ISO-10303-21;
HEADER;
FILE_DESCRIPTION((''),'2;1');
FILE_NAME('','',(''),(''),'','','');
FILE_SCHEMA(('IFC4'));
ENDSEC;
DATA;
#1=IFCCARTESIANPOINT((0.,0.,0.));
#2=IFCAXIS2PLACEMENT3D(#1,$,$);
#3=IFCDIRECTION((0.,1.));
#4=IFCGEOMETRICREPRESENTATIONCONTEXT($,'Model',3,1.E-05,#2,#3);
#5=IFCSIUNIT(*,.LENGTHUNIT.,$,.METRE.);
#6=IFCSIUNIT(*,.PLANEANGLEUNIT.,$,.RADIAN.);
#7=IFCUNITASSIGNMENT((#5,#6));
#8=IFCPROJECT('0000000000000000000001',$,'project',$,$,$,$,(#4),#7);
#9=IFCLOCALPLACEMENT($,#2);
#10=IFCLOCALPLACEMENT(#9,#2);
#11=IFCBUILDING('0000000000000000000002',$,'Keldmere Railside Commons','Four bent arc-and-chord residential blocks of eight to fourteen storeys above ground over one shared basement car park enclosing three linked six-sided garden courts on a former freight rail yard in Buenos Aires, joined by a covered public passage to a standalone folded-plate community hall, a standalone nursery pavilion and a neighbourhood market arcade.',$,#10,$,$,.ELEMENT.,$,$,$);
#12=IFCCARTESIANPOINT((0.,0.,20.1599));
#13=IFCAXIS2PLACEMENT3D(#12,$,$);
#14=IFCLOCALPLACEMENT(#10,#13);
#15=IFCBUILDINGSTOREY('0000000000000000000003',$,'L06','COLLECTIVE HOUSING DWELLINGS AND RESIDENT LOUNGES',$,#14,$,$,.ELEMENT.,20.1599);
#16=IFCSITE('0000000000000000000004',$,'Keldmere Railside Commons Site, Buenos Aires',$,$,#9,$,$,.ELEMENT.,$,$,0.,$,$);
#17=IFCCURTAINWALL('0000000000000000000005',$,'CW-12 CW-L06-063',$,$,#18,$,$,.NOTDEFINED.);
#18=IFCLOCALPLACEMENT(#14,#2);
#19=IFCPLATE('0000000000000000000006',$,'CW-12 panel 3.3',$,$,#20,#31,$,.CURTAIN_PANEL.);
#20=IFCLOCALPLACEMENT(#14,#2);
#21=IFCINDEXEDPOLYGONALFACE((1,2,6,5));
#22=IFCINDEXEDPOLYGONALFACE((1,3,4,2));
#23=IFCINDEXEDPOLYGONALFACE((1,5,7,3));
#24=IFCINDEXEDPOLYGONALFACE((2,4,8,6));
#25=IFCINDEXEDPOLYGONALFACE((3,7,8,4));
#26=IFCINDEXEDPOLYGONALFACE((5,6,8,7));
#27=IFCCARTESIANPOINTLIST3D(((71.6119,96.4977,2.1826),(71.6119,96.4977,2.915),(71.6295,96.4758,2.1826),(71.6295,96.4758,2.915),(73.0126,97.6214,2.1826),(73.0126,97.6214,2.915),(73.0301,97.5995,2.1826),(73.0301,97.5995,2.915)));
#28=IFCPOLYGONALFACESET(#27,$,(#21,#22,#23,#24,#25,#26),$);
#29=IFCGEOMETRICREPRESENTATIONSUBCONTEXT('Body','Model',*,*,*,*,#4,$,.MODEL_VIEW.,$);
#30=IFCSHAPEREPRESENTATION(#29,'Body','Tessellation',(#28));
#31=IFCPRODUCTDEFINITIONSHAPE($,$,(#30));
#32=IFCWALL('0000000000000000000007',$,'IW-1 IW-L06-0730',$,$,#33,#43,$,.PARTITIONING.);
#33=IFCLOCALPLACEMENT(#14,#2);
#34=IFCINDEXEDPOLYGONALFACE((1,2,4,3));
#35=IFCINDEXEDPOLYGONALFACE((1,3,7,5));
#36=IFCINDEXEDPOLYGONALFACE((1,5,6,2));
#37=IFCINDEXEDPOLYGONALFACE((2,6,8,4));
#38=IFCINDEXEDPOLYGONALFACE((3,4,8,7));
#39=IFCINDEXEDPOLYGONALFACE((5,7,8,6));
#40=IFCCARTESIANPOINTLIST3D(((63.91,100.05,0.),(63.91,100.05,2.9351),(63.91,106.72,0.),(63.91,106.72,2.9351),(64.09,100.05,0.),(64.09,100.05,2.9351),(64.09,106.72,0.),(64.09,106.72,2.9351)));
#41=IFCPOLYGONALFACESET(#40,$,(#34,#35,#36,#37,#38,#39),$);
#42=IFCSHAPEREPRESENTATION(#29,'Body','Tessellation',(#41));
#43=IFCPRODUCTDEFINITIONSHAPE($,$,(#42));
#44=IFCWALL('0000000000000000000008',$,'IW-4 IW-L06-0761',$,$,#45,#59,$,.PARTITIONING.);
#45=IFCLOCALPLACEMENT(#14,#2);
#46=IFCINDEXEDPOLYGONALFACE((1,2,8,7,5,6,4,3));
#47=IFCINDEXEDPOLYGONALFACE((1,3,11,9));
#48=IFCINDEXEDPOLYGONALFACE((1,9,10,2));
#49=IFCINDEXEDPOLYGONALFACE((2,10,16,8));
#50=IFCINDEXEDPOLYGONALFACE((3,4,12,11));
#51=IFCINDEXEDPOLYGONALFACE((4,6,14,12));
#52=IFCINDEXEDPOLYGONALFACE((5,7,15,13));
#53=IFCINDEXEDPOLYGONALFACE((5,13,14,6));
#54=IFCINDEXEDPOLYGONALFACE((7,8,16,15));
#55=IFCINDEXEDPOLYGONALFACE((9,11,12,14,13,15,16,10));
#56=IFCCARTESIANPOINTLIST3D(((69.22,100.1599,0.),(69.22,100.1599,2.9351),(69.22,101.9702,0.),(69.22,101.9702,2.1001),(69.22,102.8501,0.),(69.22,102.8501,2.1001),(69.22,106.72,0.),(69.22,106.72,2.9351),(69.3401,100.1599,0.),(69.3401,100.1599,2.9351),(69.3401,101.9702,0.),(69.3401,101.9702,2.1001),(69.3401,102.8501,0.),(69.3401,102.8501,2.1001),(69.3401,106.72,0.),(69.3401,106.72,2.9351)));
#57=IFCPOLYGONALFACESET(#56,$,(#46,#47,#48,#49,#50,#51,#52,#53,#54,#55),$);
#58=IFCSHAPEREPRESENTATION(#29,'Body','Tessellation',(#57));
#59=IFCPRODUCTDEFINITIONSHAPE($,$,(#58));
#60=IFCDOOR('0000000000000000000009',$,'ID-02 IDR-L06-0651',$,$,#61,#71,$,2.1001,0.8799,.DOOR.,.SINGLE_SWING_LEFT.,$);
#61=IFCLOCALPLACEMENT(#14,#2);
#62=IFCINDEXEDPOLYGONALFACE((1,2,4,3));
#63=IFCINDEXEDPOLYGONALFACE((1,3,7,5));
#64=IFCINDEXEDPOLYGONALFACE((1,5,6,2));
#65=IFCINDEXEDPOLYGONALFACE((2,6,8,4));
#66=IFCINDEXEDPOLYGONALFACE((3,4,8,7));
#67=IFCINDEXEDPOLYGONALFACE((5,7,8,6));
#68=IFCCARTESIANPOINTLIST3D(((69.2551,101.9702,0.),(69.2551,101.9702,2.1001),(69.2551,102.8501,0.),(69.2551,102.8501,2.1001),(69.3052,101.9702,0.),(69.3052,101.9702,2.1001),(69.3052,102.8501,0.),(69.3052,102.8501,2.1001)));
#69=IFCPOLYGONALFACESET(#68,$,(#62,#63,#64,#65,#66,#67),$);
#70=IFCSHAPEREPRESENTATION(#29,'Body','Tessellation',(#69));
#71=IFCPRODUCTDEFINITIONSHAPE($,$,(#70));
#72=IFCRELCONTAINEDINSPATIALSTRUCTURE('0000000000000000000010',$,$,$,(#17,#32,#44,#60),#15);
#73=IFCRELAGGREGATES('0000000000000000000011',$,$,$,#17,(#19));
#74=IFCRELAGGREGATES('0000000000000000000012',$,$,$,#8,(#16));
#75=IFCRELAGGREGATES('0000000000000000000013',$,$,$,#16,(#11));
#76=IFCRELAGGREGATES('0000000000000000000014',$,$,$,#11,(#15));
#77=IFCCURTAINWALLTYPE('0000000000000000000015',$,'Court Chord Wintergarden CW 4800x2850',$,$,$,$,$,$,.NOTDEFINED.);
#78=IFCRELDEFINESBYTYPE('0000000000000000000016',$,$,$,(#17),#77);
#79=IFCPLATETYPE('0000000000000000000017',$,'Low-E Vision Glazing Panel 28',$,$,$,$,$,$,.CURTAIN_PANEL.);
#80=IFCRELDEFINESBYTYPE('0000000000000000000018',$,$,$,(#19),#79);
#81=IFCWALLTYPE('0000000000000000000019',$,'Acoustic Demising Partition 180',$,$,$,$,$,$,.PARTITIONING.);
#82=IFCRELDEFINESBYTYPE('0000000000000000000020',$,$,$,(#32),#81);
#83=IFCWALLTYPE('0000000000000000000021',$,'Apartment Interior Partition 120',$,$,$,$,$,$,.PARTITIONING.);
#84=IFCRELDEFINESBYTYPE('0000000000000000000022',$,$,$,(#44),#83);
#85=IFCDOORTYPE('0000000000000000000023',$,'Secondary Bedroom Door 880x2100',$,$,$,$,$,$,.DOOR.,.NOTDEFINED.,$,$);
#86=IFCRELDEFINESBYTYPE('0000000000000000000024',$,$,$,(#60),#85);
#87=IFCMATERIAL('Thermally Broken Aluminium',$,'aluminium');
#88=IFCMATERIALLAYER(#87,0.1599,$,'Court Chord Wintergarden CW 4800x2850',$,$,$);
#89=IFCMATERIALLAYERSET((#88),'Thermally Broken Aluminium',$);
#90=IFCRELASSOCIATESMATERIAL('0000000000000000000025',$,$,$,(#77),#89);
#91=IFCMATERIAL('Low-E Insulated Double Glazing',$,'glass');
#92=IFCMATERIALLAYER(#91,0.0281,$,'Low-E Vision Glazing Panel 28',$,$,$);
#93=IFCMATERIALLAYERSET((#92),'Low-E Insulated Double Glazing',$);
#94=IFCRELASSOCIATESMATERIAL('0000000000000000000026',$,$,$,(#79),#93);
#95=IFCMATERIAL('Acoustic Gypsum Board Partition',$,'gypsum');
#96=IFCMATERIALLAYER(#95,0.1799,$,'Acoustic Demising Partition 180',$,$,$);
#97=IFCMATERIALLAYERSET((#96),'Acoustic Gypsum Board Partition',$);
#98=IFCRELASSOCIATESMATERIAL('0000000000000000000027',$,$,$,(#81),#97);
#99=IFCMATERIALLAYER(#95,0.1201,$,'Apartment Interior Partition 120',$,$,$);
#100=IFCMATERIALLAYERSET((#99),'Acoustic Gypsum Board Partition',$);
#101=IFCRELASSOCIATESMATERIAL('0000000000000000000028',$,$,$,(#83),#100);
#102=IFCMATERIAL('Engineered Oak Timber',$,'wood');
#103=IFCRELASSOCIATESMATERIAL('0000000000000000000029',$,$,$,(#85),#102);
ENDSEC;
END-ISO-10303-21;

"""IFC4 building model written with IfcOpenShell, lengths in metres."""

from ifc_helpers import new_model, si_unit, direction, frame, frame_2d, origin, origin_2d, place, context, subcontext, project, spatial, rectangle, extrude, material, layer, layer_set, type_object, element, fill, aggregate, save


model = new_model("IFC4")

# Units and contexts
model_context = context("Model", 3, precision=1e-05, world=origin(), true_north=direction((0.0, 1.0)))
body_context = subcontext(model_context, "Body", "Model", "MODEL_VIEW")
ifc_project = project(units=[si_unit("LENGTHUNIT", "METRE"), si_unit("PLANEANGLEUNIT", "RADIAN")], contexts=[model_context])

# Site, building, storey
site_placement = place(None, origin())
site = spatial("IfcSite", under=ifc_project, at=site_placement, Name="Keldmere Railside Commons Site, Buenos Aires", CompositionType="ELEMENT", RefElevation=0.0)
building_placement = place(site_placement, origin())
building = spatial("IfcBuilding", under=site, at=building_placement, Name="Keldmere Railside Commons", Description="Four bent arc-and-chord residential blocks of eight to fourteen storeys above ground over one shared basement car park enclosing three linked six-sided garden courts on a former freight rail yard in Buenos Aires, joined by a covered public passage to a standalone folded-plate community hall, a standalone nursery pavilion and a neighbourhood market arcade.", CompositionType="ELEMENT")
storey_placement = place(building_placement, frame((0.0, 0.0, 20.1599)))
storey = spatial("IfcBuildingStorey", under=building, at=storey_placement, Name="L06", Description="COLLECTIVE HOUSING DWELLINGS AND RESIDENT LOUNGES", CompositionType="ELEMENT", Elevation=20.1599)

# Shared definitions
ifc_material_1 = material(Name="Thermally Broken Aluminium", Category="aluminium")

# Curtain wall
ifc_layer_1 = layer(ifc_material_1, 0.1599, Name="Court Chord Wintergarden CW 4800x2850")
ifc_layer_set_1 = layer_set([ifc_layer_1], Name="Thermally Broken Aluminium")
curtain_wall_type_1 = type_object("IfcCurtainWallType", Name="Court Chord Wintergarden CW 4800x2850", PredefinedType="NOTDEFINED", material=ifc_layer_set_1)
curtain_wall_1_placement = place(storey_placement, origin())
curtain_wall_1 = element("IfcCurtainWall", 1, at=curtain_wall_1_placement, inside=storey, type_object=curtain_wall_type_1, Name="CW-12 CW-L06-063", PredefinedType="NOTDEFINED")

# Plate
ifc_material_2 = material(Name="Low-E Insulated Double Glazing", Category="glass")
ifc_layer_2 = layer(ifc_material_2, 0.0281, Name="Low-E Vision Glazing Panel 28")
ifc_layer_set_2 = layer_set([ifc_layer_2], Name="Low-E Insulated Double Glazing")
plate_type_1 = type_object("IfcPlateType", Name="Low-E Vision Glazing Panel 28", PredefinedType="CURTAIN_PANEL", material=ifc_layer_set_2)
plate_1_placement = place(storey_placement, frame((72.321, 97.0486, 2.1826), z_axis=(0.0, 0.0, 1.0), x_axis=(-0.780009, -0.625768, 0.0)))
plate_1 = element("IfcPlate", 2, at=plate_1_placement, type_object=plate_type_1, Name="CW-12 panel 3.3", PredefinedType="CURTAIN_PANEL", context=body_context, shape_type="SweptSolid", body=[
    extrude(rectangle(XDim=1.7957, YDim=0.0281, at=origin_2d()), origin(), (0.0, 0.0, 1.0), 0.7324),
])
aggregate(curtain_wall_1, [plate_1])

# Wall
ifc_material_3 = material(Name="Acoustic Gypsum Board Partition", Category="gypsum")
ifc_layer_3 = layer(ifc_material_3, 0.1799, Name="Acoustic Demising Partition 180")
ifc_layer_set_3 = layer_set([ifc_layer_3], Name="Acoustic Gypsum Board Partition")
wall_type_1 = type_object("IfcWallType", Name="Acoustic Demising Partition 180", PredefinedType="PARTITIONING", material=ifc_layer_set_3)
wall_1_placement = place(storey_placement, frame((64.0, 100.05, 0.0), z_axis=(0.0, 0.0, 1.0), x_axis=(0.0, 1.0, 0.0)))
element("IfcWall", 3, at=wall_1_placement, inside=storey, type_object=wall_type_1, Name="IW-1 IW-L06-0730", PredefinedType="PARTITIONING", context=body_context, shape_type="SweptSolid", body=[
    extrude(rectangle(XDim=6.6699, YDim=0.1799, at=frame_2d((3.335, 0.0))), origin(), (0.0, 0.0, 1.0), 2.9351),
])

# Wall, opening, door
ifc_layer_4 = layer(ifc_material_3, 0.1201, Name="Apartment Interior Partition 120")
ifc_layer_set_4 = layer_set([ifc_layer_4], Name="Acoustic Gypsum Board Partition")
wall_type_2 = type_object("IfcWallType", Name="Apartment Interior Partition 120", PredefinedType="PARTITIONING", material=ifc_layer_set_4)
wall_2_placement = place(storey_placement, frame((69.28, 100.1599, 0.0), z_axis=(0.0, 0.0, 1.0), x_axis=(0.0, 1.0, 0.0)))
wall_2 = element("IfcWall", 4, at=wall_2_placement, inside=storey, type_object=wall_type_2, Name="IW-4 IW-L06-0761", PredefinedType="PARTITIONING", context=body_context, shape_type="SweptSolid", body=[
    extrude(rectangle(XDim=6.5601, YDim=0.1201, at=frame_2d((3.28, 0.0))), origin(), (0.0, 0.0, 1.0), 2.9351),
])
opening_placement = place(wall_2_placement, frame((1.8103, 0.0, 0.0)))
opening = element("IfcOpeningElement", 5, at=opening_placement, cuts=wall_2, PredefinedType="OPENING", context=body_context, shape_type="SweptSolid", body=[
    extrude(rectangle(XDim=0.8799, YDim=2.1001, at=frame_2d((0.4399, 1.05))), frame((0.0, 0.0701, 0.0), z_axis=(0.0, -1.0, 0.0), x_axis=(1.0, 0.0, 0.0)), (0.0, 0.0, 1.0), 0.1401),
])
ifc_material_4 = material(Name="Engineered Oak Timber", Category="wood")
door_type = type_object("IfcDoorType", Name="Secondary Bedroom Door 880x2100", OperationType="NOTDEFINED", PredefinedType="DOOR", material=ifc_material_4)
door_placement = place(opening_placement, origin())
door = element("IfcDoor", 6, at=door_placement, inside=storey, type_object=door_type, Name="ID-02 IDR-L06-0651", OperationType="SINGLE_SWING_LEFT", OverallHeight=2.1001, OverallWidth=0.8799, PredefinedType="DOOR", context=body_context, shape_type="SweptSolid", body=[
    extrude(rectangle(XDim=0.8799, YDim=2.1001, at=frame_2d((0.4399, 1.05))), frame((0.0, 0.0249, 0.0), z_axis=(0.0, -1.0, 0.0), x_axis=(1.0, 0.0, 0.0)), (0.0, 0.0, 1.0), 0.05),
])
fill(opening, door)

save(model, "model.ifc")
